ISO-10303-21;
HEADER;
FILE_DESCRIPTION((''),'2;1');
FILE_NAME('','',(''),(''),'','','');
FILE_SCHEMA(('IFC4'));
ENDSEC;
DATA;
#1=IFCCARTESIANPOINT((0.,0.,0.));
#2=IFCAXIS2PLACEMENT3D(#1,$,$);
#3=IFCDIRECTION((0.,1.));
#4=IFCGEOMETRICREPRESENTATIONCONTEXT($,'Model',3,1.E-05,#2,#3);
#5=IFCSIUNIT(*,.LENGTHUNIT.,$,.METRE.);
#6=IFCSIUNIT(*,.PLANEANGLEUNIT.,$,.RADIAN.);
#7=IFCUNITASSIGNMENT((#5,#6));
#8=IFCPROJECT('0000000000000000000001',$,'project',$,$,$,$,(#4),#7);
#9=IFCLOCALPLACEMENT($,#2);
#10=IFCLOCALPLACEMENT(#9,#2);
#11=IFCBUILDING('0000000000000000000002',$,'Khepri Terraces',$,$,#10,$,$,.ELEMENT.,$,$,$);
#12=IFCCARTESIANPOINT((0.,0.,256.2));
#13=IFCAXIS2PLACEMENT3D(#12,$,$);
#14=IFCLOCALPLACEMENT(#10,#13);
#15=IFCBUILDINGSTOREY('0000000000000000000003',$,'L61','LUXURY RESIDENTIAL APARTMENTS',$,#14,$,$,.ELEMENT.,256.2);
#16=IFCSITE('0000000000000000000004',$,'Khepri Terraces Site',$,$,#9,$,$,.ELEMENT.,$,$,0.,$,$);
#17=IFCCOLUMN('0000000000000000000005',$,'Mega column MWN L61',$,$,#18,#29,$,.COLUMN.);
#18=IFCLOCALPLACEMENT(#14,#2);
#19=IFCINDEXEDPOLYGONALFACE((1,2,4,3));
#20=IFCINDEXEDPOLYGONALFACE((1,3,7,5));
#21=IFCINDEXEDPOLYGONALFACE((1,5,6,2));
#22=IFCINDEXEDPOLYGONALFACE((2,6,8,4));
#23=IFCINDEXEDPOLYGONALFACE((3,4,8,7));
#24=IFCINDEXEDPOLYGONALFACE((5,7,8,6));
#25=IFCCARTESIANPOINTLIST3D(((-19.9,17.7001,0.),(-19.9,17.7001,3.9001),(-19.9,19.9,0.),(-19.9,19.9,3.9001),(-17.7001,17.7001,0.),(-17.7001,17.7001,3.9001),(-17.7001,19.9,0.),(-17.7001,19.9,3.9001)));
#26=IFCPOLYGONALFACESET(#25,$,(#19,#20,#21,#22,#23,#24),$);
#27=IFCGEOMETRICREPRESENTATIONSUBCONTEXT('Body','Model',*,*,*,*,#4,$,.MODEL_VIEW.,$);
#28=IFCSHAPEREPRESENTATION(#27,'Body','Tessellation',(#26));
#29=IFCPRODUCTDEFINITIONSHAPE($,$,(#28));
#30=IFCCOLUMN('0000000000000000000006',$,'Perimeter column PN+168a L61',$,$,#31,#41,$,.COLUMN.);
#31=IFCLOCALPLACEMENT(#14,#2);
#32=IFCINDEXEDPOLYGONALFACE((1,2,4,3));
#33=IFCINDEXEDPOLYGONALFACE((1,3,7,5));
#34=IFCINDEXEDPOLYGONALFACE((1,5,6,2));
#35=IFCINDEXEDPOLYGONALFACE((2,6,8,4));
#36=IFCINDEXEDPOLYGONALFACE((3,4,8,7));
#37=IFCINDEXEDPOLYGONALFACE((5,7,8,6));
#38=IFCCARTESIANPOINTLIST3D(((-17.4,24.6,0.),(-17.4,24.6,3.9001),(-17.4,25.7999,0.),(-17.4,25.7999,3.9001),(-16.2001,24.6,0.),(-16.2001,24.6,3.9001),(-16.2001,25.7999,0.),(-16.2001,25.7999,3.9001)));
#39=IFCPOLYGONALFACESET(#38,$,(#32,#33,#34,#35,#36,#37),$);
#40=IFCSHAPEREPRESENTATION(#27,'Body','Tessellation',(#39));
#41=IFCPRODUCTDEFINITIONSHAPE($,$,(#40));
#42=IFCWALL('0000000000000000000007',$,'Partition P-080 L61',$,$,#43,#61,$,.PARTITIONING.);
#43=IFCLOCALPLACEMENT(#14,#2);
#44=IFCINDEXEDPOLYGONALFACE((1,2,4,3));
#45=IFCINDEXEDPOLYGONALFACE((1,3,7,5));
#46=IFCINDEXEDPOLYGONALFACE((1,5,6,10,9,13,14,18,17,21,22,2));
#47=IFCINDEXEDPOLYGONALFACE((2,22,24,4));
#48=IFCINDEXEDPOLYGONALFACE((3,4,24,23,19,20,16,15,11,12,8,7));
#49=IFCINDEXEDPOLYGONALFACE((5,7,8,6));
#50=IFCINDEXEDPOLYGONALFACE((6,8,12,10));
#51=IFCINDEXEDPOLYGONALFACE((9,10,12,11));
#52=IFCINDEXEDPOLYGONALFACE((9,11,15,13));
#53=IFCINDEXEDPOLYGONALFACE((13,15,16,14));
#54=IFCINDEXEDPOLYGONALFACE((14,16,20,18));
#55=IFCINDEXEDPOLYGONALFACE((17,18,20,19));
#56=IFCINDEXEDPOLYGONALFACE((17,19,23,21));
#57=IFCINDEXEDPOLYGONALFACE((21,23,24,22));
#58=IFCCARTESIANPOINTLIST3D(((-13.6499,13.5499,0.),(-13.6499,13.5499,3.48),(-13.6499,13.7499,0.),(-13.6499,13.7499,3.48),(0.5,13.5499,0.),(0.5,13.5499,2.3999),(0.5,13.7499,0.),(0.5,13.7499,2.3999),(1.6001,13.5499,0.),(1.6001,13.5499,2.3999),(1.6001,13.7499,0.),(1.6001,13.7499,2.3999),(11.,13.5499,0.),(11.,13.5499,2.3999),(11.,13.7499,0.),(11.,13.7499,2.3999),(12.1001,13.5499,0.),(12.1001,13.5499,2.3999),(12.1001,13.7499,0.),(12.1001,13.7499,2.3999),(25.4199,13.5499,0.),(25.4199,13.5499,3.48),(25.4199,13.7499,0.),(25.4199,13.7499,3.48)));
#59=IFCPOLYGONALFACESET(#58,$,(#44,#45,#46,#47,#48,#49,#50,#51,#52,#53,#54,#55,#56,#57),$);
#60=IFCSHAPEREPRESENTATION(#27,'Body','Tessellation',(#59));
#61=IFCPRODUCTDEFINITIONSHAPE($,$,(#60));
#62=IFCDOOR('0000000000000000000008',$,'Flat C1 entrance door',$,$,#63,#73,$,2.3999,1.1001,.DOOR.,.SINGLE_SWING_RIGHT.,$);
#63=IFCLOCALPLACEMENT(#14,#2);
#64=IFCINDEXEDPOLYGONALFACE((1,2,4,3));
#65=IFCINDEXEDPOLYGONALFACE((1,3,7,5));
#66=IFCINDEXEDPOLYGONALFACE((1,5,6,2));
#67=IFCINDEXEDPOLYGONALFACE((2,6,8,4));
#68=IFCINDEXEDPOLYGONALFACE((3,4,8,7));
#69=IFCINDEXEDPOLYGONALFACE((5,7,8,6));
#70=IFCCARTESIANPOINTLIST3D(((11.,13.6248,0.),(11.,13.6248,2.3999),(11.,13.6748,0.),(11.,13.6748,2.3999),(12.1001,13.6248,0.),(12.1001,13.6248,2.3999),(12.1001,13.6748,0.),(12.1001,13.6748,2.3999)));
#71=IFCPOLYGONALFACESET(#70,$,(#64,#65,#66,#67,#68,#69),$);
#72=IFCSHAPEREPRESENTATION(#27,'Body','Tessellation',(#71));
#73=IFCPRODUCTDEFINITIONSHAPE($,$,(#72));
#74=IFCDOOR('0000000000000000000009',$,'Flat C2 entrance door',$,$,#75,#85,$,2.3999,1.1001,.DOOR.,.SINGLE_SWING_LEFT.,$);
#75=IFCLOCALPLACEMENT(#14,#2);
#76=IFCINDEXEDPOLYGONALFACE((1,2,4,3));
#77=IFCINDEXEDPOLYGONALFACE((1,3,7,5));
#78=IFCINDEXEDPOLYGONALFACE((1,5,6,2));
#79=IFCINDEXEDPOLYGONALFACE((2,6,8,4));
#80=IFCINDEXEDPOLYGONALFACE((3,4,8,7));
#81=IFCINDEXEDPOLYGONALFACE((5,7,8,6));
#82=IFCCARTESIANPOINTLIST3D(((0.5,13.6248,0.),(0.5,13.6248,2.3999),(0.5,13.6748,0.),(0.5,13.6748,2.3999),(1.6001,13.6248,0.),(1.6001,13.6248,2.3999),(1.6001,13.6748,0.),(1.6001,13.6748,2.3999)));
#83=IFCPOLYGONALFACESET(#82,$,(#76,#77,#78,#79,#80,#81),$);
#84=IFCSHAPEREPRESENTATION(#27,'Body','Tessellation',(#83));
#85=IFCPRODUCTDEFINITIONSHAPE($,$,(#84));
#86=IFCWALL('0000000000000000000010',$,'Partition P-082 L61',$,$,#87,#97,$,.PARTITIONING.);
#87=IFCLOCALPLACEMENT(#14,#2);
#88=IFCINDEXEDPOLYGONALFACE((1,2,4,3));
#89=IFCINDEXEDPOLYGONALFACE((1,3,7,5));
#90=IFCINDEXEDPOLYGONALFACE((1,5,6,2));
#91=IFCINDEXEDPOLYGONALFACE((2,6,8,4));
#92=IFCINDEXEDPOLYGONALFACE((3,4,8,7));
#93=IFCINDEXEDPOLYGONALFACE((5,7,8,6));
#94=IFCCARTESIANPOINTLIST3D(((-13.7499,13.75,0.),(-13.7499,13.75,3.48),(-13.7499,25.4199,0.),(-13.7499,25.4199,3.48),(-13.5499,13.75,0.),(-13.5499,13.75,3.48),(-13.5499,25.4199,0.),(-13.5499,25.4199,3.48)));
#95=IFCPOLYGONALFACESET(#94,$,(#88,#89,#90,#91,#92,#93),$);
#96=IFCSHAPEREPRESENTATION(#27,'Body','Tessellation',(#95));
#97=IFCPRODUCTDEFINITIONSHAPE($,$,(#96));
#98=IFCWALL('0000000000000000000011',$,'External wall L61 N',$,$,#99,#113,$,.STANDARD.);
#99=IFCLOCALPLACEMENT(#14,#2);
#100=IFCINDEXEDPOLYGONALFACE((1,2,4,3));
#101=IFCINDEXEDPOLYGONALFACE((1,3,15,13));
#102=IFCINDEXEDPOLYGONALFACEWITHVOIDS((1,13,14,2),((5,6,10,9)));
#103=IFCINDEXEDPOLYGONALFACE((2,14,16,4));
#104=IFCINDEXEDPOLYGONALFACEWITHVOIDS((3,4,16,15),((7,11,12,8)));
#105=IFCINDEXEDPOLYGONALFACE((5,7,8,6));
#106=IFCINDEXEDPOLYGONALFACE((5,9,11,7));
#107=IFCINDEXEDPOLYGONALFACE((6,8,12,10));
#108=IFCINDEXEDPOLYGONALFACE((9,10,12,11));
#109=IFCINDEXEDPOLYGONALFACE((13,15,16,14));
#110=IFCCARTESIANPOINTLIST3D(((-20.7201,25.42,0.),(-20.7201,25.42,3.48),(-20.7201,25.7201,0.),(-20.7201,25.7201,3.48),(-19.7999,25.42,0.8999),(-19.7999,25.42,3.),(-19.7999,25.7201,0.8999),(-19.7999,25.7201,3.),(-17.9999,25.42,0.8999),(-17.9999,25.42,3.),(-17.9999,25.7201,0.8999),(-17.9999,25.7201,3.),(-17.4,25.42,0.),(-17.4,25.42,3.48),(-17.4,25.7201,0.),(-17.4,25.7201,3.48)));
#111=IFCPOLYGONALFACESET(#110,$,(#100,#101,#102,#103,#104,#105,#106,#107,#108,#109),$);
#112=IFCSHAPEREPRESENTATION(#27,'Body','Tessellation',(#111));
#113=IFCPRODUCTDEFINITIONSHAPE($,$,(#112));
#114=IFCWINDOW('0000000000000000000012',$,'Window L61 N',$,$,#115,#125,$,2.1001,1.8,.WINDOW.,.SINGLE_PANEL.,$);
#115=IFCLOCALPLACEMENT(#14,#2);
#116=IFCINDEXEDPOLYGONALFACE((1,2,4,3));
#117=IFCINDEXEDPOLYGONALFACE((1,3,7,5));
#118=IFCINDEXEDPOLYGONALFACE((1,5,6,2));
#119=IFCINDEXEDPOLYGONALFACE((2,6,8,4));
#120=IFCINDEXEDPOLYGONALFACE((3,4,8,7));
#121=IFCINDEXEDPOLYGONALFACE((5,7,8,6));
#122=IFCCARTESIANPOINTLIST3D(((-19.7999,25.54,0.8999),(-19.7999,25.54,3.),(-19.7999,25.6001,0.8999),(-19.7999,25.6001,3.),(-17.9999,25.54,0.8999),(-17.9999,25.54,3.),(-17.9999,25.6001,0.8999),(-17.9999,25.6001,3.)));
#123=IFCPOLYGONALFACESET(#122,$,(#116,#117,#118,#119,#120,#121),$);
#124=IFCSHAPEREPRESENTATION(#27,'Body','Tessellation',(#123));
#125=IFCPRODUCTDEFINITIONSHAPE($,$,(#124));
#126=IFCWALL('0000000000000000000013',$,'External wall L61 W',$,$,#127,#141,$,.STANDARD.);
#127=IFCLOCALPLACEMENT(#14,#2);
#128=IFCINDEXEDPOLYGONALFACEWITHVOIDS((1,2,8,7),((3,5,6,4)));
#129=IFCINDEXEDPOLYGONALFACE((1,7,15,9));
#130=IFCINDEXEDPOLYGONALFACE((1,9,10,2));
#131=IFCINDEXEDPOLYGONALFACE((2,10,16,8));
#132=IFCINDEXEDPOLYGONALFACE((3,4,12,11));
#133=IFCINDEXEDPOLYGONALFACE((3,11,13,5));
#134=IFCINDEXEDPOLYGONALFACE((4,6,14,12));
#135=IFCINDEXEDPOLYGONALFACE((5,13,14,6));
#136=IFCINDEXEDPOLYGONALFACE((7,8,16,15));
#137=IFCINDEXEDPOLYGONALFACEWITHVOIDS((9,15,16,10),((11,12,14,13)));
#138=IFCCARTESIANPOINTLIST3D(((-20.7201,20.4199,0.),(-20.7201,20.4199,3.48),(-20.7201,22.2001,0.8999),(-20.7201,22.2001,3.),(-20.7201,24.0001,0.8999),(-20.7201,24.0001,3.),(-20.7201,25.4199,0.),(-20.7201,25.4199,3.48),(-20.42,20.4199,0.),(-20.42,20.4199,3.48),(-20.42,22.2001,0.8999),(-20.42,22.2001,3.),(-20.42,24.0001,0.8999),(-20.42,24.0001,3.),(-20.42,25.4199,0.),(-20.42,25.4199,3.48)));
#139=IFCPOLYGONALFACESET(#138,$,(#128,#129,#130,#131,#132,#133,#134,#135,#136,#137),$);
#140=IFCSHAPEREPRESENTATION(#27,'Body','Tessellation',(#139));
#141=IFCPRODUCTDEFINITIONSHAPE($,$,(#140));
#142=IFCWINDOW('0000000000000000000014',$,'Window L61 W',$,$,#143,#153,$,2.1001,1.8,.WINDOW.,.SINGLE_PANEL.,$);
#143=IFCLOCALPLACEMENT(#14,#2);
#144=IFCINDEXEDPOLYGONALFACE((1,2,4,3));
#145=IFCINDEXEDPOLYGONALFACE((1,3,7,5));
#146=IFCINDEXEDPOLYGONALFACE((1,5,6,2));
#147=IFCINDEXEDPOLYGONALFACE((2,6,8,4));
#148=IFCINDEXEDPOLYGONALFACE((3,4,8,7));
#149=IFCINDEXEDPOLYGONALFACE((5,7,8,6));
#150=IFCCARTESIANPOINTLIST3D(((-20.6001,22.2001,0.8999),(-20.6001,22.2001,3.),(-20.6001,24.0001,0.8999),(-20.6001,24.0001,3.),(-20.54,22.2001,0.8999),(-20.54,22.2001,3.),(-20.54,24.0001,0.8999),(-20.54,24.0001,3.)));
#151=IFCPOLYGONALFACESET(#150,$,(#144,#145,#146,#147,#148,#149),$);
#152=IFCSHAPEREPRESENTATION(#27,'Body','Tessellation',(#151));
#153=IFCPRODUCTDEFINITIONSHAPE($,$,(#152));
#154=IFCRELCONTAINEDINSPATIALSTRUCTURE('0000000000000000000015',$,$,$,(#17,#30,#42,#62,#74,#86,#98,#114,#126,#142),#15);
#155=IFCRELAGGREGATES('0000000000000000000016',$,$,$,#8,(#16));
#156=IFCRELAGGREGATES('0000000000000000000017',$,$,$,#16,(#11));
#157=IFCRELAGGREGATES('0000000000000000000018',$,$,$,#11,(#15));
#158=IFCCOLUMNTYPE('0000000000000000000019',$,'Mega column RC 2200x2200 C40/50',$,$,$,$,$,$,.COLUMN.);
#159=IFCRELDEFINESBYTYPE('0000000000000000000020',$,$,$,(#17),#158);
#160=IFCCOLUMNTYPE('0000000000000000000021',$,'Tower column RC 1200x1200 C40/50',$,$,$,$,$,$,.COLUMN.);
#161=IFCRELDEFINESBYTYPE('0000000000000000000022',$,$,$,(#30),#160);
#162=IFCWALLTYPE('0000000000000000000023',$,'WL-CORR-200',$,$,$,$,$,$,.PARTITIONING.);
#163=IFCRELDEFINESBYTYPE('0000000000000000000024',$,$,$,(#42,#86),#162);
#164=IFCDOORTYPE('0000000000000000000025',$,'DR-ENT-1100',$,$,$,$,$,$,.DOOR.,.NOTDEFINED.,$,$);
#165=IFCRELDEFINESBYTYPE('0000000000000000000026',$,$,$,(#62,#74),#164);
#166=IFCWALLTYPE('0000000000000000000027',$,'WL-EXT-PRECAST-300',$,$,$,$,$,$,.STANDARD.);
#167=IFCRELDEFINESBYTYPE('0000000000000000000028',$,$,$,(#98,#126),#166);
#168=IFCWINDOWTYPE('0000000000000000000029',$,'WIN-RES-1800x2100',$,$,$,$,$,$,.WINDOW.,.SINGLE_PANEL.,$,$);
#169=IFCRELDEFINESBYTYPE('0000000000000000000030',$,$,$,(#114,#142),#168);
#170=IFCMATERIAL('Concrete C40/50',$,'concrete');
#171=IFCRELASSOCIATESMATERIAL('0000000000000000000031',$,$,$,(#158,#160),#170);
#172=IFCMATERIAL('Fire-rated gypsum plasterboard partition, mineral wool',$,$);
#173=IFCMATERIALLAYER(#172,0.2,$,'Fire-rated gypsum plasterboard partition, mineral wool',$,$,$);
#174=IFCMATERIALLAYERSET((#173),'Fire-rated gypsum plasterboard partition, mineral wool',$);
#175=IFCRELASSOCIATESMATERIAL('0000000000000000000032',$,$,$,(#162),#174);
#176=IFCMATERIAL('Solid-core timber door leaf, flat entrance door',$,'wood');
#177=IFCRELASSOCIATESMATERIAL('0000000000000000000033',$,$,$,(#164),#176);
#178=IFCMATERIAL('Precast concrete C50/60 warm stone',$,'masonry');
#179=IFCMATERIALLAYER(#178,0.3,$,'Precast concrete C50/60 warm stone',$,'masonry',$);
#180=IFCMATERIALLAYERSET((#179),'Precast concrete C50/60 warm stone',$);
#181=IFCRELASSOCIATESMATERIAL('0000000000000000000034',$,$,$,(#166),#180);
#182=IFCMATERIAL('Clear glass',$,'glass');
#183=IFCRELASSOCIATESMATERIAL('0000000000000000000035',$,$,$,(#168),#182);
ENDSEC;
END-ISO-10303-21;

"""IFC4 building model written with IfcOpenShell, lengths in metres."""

from ifc_helpers import new_model, si_unit, direction, frame, frame_2d, origin, origin_2d, place, context, subcontext, project, spatial, rectangle, extrude, material, layer, layer_set, material_profile, profile_set, type_object, element, fill, save


model = new_model("IFC4")

# Units and contexts
model_context = context("Model", 3, precision=1e-05, world=origin(), true_north=direction((0.0, 1.0)))
body_context = subcontext(model_context, "Body", "Model", "MODEL_VIEW")
ifc_project = project(units=[si_unit("LENGTHUNIT", "METRE"), si_unit("PLANEANGLEUNIT", "RADIAN")], contexts=[model_context])

# Site, building, storey
site_placement = place(None, origin())
site = spatial("IfcSite", under=ifc_project, at=site_placement, Name="Khepri Terraces Site", CompositionType="ELEMENT", RefElevation=0.0)
building_placement = place(site_placement, origin())
building = spatial("IfcBuilding", under=site, at=building_placement, Name="Khepri Terraces", CompositionType="ELEMENT")
storey_placement = place(building_placement, frame((0.0, 0.0, 256.2)))
storey = spatial("IfcBuildingStorey", under=building, at=storey_placement, Name="L61", Description="LUXURY RESIDENTIAL APARTMENTS", CompositionType="ELEMENT", Elevation=256.2)

# Columns
ifc_material_1 = material(Name="Concrete C40/50", Category="concrete")
ifc_material_profile_1 = material_profile(ifc_material_1, rectangle(XDim=2.2, YDim=2.2, at=origin_2d()), Name="Concrete C40/50", Category="concrete")
ifc_profile_set_1 = profile_set([ifc_material_profile_1], Name="Concrete C40/50")
column_type_1 = type_object("IfcColumnType", Name="Mega column RC 2200x2200 C40/50", PredefinedType="COLUMN", material=ifc_profile_set_1)
column_1_placement = place(storey_placement, frame((-18.8, 18.8, 0.0), z_axis=(0.0, 0.0, 1.0), x_axis=(1.0, 0.0, 0.0)))
element("IfcColumn", 1, at=column_1_placement, inside=storey, type_object=column_type_1, Name="Mega column MWN L61", PredefinedType="COLUMN", context=body_context, shape_type="SweptSolid", body=[
    extrude(rectangle(XDim=2.2, YDim=2.2, at=origin_2d()), origin(), (0.0, 0.0, 1.0), 3.9001),
])
ifc_material_profile_2 = material_profile(ifc_material_1, rectangle(XDim=1.2, YDim=1.2, at=origin_2d()), Name="Concrete C40/50", Category="concrete")
ifc_profile_set_2 = profile_set([ifc_material_profile_2], Name="Concrete C40/50")
column_type_2 = type_object("IfcColumnType", Name="Tower column RC 1200x1200 C40/50", PredefinedType="COLUMN", material=ifc_profile_set_2)
column_2_placement = place(storey_placement, frame((-16.8, 25.2, 0.0), z_axis=(0.0, 0.0, 1.0), x_axis=(1.0, 0.0, 0.0)))
element("IfcColumn", 2, at=column_2_placement, inside=storey, type_object=column_type_2, Name="Perimeter column PN+168a L61", PredefinedType="COLUMN", context=body_context, shape_type="SweptSolid", body=[
    extrude(rectangle(XDim=1.2, YDim=1.2, at=origin_2d()), origin(), (0.0, 0.0, 1.0), 3.9001),
])

# Wall, openings, doors
ifc_material_2 = material(Name="Fire-rated gypsum plasterboard partition, mineral wool")
ifc_layer_1 = layer(ifc_material_2, 0.2, Name="Fire-rated gypsum plasterboard partition, mineral wool")
ifc_layer_set_1 = layer_set([ifc_layer_1], Name="Fire-rated gypsum plasterboard partition, mineral wool")
wall_type_1 = type_object("IfcWallType", Name="WL-CORR-200", PredefinedType="PARTITIONING", material=ifc_layer_set_1)
wall_1_placement = place(storey_placement, frame((-13.6499, 13.6499, 0.0), z_axis=(0.0, 0.0, 1.0), x_axis=(1.0, 0.0, 0.0)))
wall_1 = element("IfcWall", 3, at=wall_1_placement, inside=storey, type_object=wall_type_1, Name="Partition P-080 L61", PredefinedType="PARTITIONING", context=body_context, shape_type="SweptSolid", body=[
    extrude(rectangle(XDim=39.0698, YDim=0.2, at=frame_2d((19.5349, 0.0))), origin(), (0.0, 0.0, 1.0), 3.48),
])
opening_1_placement = place(wall_1_placement, frame((24.6499, 0.0, 0.0)))
opening_1 = element("IfcOpeningElement", 4, at=opening_1_placement, cuts=wall_1, PredefinedType="OPENING", context=body_context, shape_type="SweptSolid", body=[
    extrude(rectangle(XDim=1.1001, YDim=2.3999, at=frame_2d((0.55, 1.2))), frame((0.0, 0.1099, 0.0), z_axis=(0.0, -1.0, 0.0), x_axis=(1.0, 0.0, 0.0)), (0.0, 0.0, 1.0), 0.22),
])
opening_2_placement = place(wall_1_placement, frame((14.1499, 0.0, 0.0)))
opening_2 = element("IfcOpeningElement", 5, at=opening_2_placement, cuts=wall_1, PredefinedType="OPENING", context=body_context, shape_type="SweptSolid", body=[
    extrude(rectangle(XDim=1.1001, YDim=2.3999, at=frame_2d((0.55, 1.2))), frame((0.0, 0.1099, 0.0), z_axis=(0.0, -1.0, 0.0), x_axis=(1.0, 0.0, 0.0)), (0.0, 0.0, 1.0), 0.22),
])
ifc_material_3 = material(Name="Solid-core timber door leaf, flat entrance door", Category="wood")
door_type_1 = type_object("IfcDoorType", Name="DR-ENT-1100", OperationType="NOTDEFINED", PredefinedType="DOOR", material=ifc_material_3)
door_1_placement = place(opening_1_placement, origin())
door_1 = element("IfcDoor", 6, at=door_1_placement, inside=storey, type_object=door_type_1, Name="Flat C1 entrance door", OperationType="SINGLE_SWING_RIGHT", OverallHeight=2.3999, OverallWidth=1.1001, PredefinedType="DOOR", context=body_context, shape_type="SweptSolid", body=[
    extrude(rectangle(XDim=1.1001, YDim=2.3999, at=frame_2d((0.55, 1.2))), frame((0.0, 0.0249, 0.0), z_axis=(0.0, -1.0, 0.0), x_axis=(1.0, 0.0, 0.0)), (0.0, 0.0, 1.0), 0.05),
])
fill(opening_1, door_1)
door_2_placement = place(opening_2_placement, origin())
door_2 = element("IfcDoor", 7, at=door_2_placement, inside=storey, type_object=door_type_1, Name="Flat C2 entrance door", OperationType="SINGLE_SWING_LEFT", OverallHeight=2.3999, OverallWidth=1.1001, PredefinedType="DOOR", context=body_context, shape_type="SweptSolid", body=[
    extrude(rectangle(XDim=1.1001, YDim=2.3999, at=frame_2d((0.55, 1.2))), frame((0.0, 0.0249, 0.0), z_axis=(0.0, -1.0, 0.0), x_axis=(1.0, 0.0, 0.0)), (0.0, 0.0, 1.0), 0.05),
])
fill(opening_2, door_2)

# Wall
wall_2_placement = place(storey_placement, frame((-13.6499, 13.75, 0.0), z_axis=(0.0, 0.0, 1.0), x_axis=(0.0, 1.0, 0.0)))
element("IfcWall", 8, at=wall_2_placement, inside=storey, type_object=wall_type_1, Name="Partition P-082 L61", PredefinedType="PARTITIONING", context=body_context, shape_type="SweptSolid", body=[
    extrude(rectangle(XDim=11.6699, YDim=0.2, at=frame_2d((5.835, 0.0))), origin(), (0.0, 0.0, 1.0), 3.48),
])

# Walls, openings, windows
ifc_material_4 = material(Name="Precast concrete C50/60 warm stone", Category="masonry")
ifc_layer_2 = layer(ifc_material_4, 0.3, Name="Precast concrete C50/60 warm stone", Category="masonry")
ifc_layer_set_2 = layer_set([ifc_layer_2], Name="Precast concrete C50/60 warm stone")
wall_type_2 = type_object("IfcWallType", Name="WL-EXT-PRECAST-300", PredefinedType="STANDARD", material=ifc_layer_set_2)
wall_3_placement = place(storey_placement, frame((-17.3999, 25.5701, 0.0), z_axis=(0.0, 0.0, 1.0), x_axis=(-1.0, 0.0, 0.0)))
wall_3 = element("IfcWall", 9, at=wall_3_placement, inside=storey, type_object=wall_type_2, Name="External wall L61 N", PredefinedType="STANDARD", context=body_context, shape_type="SweptSolid", body=[
    extrude(rectangle(XDim=3.3201, YDim=0.3, at=frame_2d((1.6602, 0.0))), origin(), (0.0, 0.0, 1.0), 3.48),
])
opening_3_placement = place(wall_3_placement, frame((0.6001, 0.0, 0.8999)))
opening_3 = element("IfcOpeningElement", 10, at=opening_3_placement, cuts=wall_3, PredefinedType="OPENING", context=body_context, shape_type="SweptSolid", body=[
    extrude(rectangle(XDim=1.8, YDim=2.1001, at=frame_2d((0.8999, 1.05))), frame((0.0, 0.1602, 0.0), z_axis=(0.0, -1.0, 0.0), x_axis=(1.0, 0.0, 0.0)), (0.0, 0.0, 1.0), 0.3201),
])
ifc_material_5 = material(Name="Clear glass", Category="glass")
window_type = type_object("IfcWindowType", Name="WIN-RES-1800x2100", PartitioningType="SINGLE_PANEL", PredefinedType="WINDOW", material=ifc_material_5)
window_1_placement = place(opening_3_placement, origin())
window_1 = element("IfcWindow", 11, at=window_1_placement, inside=storey, type_object=window_type, Name="Window L61 N", OverallHeight=2.1001, OverallWidth=1.8, PartitioningType="SINGLE_PANEL", PredefinedType="WINDOW", context=body_context, shape_type="SweptSolid", body=[
    extrude(rectangle(XDim=1.8, YDim=2.1001, at=frame_2d((0.8999, 1.05))), frame((0.0, 0.03, 0.0), z_axis=(0.0, -1.0, 0.0), x_axis=(1.0, 0.0, 0.0)), (0.0, 0.0, 1.0), 0.0601),
])
fill(opening_3, window_1)
wall_4_placement = place(storey_placement, frame((-20.5701, 25.4199, 0.0), z_axis=(0.0, 0.0, 1.0), x_axis=(0.0, -1.0, 0.0)))
wall_4 = element("IfcWall", 12, at=wall_4_placement, inside=storey, type_object=wall_type_2, Name="External wall L61 W", PredefinedType="STANDARD", context=body_context, shape_type="SweptSolid", body=[
    extrude(rectangle(XDim=5.0, YDim=0.3, at=frame_2d((2.5, 0.0))), origin(), (0.0, 0.0, 1.0), 3.48),
])
opening_4_placement = place(wall_4_placement, frame((1.4199, 0.0, 0.8999)))
opening_4 = element("IfcOpeningElement", 13, at=opening_4_placement, cuts=wall_4, PredefinedType="OPENING", context=body_context, shape_type="SweptSolid", body=[
    extrude(rectangle(XDim=1.8, YDim=2.1001, at=frame_2d((0.8999, 1.05))), frame((0.0, 0.1602, 0.0), z_axis=(0.0, -1.0, 0.0), x_axis=(1.0, 0.0, 0.0)), (0.0, 0.0, 1.0), 0.3201),
])
window_2_placement = place(opening_4_placement, origin())
window_2 = element("IfcWindow", 14, at=window_2_placement, inside=storey, type_object=window_type, Name="Window L61 W", OverallHeight=2.1001, OverallWidth=1.8, PartitioningType="SINGLE_PANEL", PredefinedType="WINDOW", context=body_context, shape_type="SweptSolid", body=[
    extrude(rectangle(XDim=1.8, YDim=2.1001, at=frame_2d((0.8999, 1.05))), frame((0.0, 0.03, 0.0), z_axis=(0.0, -1.0, 0.0), x_axis=(1.0, 0.0, 0.0)), (0.0, 0.0, 1.0), 0.0601),
])
fill(opening_4, window_2)

save(model, "model.ifc")
